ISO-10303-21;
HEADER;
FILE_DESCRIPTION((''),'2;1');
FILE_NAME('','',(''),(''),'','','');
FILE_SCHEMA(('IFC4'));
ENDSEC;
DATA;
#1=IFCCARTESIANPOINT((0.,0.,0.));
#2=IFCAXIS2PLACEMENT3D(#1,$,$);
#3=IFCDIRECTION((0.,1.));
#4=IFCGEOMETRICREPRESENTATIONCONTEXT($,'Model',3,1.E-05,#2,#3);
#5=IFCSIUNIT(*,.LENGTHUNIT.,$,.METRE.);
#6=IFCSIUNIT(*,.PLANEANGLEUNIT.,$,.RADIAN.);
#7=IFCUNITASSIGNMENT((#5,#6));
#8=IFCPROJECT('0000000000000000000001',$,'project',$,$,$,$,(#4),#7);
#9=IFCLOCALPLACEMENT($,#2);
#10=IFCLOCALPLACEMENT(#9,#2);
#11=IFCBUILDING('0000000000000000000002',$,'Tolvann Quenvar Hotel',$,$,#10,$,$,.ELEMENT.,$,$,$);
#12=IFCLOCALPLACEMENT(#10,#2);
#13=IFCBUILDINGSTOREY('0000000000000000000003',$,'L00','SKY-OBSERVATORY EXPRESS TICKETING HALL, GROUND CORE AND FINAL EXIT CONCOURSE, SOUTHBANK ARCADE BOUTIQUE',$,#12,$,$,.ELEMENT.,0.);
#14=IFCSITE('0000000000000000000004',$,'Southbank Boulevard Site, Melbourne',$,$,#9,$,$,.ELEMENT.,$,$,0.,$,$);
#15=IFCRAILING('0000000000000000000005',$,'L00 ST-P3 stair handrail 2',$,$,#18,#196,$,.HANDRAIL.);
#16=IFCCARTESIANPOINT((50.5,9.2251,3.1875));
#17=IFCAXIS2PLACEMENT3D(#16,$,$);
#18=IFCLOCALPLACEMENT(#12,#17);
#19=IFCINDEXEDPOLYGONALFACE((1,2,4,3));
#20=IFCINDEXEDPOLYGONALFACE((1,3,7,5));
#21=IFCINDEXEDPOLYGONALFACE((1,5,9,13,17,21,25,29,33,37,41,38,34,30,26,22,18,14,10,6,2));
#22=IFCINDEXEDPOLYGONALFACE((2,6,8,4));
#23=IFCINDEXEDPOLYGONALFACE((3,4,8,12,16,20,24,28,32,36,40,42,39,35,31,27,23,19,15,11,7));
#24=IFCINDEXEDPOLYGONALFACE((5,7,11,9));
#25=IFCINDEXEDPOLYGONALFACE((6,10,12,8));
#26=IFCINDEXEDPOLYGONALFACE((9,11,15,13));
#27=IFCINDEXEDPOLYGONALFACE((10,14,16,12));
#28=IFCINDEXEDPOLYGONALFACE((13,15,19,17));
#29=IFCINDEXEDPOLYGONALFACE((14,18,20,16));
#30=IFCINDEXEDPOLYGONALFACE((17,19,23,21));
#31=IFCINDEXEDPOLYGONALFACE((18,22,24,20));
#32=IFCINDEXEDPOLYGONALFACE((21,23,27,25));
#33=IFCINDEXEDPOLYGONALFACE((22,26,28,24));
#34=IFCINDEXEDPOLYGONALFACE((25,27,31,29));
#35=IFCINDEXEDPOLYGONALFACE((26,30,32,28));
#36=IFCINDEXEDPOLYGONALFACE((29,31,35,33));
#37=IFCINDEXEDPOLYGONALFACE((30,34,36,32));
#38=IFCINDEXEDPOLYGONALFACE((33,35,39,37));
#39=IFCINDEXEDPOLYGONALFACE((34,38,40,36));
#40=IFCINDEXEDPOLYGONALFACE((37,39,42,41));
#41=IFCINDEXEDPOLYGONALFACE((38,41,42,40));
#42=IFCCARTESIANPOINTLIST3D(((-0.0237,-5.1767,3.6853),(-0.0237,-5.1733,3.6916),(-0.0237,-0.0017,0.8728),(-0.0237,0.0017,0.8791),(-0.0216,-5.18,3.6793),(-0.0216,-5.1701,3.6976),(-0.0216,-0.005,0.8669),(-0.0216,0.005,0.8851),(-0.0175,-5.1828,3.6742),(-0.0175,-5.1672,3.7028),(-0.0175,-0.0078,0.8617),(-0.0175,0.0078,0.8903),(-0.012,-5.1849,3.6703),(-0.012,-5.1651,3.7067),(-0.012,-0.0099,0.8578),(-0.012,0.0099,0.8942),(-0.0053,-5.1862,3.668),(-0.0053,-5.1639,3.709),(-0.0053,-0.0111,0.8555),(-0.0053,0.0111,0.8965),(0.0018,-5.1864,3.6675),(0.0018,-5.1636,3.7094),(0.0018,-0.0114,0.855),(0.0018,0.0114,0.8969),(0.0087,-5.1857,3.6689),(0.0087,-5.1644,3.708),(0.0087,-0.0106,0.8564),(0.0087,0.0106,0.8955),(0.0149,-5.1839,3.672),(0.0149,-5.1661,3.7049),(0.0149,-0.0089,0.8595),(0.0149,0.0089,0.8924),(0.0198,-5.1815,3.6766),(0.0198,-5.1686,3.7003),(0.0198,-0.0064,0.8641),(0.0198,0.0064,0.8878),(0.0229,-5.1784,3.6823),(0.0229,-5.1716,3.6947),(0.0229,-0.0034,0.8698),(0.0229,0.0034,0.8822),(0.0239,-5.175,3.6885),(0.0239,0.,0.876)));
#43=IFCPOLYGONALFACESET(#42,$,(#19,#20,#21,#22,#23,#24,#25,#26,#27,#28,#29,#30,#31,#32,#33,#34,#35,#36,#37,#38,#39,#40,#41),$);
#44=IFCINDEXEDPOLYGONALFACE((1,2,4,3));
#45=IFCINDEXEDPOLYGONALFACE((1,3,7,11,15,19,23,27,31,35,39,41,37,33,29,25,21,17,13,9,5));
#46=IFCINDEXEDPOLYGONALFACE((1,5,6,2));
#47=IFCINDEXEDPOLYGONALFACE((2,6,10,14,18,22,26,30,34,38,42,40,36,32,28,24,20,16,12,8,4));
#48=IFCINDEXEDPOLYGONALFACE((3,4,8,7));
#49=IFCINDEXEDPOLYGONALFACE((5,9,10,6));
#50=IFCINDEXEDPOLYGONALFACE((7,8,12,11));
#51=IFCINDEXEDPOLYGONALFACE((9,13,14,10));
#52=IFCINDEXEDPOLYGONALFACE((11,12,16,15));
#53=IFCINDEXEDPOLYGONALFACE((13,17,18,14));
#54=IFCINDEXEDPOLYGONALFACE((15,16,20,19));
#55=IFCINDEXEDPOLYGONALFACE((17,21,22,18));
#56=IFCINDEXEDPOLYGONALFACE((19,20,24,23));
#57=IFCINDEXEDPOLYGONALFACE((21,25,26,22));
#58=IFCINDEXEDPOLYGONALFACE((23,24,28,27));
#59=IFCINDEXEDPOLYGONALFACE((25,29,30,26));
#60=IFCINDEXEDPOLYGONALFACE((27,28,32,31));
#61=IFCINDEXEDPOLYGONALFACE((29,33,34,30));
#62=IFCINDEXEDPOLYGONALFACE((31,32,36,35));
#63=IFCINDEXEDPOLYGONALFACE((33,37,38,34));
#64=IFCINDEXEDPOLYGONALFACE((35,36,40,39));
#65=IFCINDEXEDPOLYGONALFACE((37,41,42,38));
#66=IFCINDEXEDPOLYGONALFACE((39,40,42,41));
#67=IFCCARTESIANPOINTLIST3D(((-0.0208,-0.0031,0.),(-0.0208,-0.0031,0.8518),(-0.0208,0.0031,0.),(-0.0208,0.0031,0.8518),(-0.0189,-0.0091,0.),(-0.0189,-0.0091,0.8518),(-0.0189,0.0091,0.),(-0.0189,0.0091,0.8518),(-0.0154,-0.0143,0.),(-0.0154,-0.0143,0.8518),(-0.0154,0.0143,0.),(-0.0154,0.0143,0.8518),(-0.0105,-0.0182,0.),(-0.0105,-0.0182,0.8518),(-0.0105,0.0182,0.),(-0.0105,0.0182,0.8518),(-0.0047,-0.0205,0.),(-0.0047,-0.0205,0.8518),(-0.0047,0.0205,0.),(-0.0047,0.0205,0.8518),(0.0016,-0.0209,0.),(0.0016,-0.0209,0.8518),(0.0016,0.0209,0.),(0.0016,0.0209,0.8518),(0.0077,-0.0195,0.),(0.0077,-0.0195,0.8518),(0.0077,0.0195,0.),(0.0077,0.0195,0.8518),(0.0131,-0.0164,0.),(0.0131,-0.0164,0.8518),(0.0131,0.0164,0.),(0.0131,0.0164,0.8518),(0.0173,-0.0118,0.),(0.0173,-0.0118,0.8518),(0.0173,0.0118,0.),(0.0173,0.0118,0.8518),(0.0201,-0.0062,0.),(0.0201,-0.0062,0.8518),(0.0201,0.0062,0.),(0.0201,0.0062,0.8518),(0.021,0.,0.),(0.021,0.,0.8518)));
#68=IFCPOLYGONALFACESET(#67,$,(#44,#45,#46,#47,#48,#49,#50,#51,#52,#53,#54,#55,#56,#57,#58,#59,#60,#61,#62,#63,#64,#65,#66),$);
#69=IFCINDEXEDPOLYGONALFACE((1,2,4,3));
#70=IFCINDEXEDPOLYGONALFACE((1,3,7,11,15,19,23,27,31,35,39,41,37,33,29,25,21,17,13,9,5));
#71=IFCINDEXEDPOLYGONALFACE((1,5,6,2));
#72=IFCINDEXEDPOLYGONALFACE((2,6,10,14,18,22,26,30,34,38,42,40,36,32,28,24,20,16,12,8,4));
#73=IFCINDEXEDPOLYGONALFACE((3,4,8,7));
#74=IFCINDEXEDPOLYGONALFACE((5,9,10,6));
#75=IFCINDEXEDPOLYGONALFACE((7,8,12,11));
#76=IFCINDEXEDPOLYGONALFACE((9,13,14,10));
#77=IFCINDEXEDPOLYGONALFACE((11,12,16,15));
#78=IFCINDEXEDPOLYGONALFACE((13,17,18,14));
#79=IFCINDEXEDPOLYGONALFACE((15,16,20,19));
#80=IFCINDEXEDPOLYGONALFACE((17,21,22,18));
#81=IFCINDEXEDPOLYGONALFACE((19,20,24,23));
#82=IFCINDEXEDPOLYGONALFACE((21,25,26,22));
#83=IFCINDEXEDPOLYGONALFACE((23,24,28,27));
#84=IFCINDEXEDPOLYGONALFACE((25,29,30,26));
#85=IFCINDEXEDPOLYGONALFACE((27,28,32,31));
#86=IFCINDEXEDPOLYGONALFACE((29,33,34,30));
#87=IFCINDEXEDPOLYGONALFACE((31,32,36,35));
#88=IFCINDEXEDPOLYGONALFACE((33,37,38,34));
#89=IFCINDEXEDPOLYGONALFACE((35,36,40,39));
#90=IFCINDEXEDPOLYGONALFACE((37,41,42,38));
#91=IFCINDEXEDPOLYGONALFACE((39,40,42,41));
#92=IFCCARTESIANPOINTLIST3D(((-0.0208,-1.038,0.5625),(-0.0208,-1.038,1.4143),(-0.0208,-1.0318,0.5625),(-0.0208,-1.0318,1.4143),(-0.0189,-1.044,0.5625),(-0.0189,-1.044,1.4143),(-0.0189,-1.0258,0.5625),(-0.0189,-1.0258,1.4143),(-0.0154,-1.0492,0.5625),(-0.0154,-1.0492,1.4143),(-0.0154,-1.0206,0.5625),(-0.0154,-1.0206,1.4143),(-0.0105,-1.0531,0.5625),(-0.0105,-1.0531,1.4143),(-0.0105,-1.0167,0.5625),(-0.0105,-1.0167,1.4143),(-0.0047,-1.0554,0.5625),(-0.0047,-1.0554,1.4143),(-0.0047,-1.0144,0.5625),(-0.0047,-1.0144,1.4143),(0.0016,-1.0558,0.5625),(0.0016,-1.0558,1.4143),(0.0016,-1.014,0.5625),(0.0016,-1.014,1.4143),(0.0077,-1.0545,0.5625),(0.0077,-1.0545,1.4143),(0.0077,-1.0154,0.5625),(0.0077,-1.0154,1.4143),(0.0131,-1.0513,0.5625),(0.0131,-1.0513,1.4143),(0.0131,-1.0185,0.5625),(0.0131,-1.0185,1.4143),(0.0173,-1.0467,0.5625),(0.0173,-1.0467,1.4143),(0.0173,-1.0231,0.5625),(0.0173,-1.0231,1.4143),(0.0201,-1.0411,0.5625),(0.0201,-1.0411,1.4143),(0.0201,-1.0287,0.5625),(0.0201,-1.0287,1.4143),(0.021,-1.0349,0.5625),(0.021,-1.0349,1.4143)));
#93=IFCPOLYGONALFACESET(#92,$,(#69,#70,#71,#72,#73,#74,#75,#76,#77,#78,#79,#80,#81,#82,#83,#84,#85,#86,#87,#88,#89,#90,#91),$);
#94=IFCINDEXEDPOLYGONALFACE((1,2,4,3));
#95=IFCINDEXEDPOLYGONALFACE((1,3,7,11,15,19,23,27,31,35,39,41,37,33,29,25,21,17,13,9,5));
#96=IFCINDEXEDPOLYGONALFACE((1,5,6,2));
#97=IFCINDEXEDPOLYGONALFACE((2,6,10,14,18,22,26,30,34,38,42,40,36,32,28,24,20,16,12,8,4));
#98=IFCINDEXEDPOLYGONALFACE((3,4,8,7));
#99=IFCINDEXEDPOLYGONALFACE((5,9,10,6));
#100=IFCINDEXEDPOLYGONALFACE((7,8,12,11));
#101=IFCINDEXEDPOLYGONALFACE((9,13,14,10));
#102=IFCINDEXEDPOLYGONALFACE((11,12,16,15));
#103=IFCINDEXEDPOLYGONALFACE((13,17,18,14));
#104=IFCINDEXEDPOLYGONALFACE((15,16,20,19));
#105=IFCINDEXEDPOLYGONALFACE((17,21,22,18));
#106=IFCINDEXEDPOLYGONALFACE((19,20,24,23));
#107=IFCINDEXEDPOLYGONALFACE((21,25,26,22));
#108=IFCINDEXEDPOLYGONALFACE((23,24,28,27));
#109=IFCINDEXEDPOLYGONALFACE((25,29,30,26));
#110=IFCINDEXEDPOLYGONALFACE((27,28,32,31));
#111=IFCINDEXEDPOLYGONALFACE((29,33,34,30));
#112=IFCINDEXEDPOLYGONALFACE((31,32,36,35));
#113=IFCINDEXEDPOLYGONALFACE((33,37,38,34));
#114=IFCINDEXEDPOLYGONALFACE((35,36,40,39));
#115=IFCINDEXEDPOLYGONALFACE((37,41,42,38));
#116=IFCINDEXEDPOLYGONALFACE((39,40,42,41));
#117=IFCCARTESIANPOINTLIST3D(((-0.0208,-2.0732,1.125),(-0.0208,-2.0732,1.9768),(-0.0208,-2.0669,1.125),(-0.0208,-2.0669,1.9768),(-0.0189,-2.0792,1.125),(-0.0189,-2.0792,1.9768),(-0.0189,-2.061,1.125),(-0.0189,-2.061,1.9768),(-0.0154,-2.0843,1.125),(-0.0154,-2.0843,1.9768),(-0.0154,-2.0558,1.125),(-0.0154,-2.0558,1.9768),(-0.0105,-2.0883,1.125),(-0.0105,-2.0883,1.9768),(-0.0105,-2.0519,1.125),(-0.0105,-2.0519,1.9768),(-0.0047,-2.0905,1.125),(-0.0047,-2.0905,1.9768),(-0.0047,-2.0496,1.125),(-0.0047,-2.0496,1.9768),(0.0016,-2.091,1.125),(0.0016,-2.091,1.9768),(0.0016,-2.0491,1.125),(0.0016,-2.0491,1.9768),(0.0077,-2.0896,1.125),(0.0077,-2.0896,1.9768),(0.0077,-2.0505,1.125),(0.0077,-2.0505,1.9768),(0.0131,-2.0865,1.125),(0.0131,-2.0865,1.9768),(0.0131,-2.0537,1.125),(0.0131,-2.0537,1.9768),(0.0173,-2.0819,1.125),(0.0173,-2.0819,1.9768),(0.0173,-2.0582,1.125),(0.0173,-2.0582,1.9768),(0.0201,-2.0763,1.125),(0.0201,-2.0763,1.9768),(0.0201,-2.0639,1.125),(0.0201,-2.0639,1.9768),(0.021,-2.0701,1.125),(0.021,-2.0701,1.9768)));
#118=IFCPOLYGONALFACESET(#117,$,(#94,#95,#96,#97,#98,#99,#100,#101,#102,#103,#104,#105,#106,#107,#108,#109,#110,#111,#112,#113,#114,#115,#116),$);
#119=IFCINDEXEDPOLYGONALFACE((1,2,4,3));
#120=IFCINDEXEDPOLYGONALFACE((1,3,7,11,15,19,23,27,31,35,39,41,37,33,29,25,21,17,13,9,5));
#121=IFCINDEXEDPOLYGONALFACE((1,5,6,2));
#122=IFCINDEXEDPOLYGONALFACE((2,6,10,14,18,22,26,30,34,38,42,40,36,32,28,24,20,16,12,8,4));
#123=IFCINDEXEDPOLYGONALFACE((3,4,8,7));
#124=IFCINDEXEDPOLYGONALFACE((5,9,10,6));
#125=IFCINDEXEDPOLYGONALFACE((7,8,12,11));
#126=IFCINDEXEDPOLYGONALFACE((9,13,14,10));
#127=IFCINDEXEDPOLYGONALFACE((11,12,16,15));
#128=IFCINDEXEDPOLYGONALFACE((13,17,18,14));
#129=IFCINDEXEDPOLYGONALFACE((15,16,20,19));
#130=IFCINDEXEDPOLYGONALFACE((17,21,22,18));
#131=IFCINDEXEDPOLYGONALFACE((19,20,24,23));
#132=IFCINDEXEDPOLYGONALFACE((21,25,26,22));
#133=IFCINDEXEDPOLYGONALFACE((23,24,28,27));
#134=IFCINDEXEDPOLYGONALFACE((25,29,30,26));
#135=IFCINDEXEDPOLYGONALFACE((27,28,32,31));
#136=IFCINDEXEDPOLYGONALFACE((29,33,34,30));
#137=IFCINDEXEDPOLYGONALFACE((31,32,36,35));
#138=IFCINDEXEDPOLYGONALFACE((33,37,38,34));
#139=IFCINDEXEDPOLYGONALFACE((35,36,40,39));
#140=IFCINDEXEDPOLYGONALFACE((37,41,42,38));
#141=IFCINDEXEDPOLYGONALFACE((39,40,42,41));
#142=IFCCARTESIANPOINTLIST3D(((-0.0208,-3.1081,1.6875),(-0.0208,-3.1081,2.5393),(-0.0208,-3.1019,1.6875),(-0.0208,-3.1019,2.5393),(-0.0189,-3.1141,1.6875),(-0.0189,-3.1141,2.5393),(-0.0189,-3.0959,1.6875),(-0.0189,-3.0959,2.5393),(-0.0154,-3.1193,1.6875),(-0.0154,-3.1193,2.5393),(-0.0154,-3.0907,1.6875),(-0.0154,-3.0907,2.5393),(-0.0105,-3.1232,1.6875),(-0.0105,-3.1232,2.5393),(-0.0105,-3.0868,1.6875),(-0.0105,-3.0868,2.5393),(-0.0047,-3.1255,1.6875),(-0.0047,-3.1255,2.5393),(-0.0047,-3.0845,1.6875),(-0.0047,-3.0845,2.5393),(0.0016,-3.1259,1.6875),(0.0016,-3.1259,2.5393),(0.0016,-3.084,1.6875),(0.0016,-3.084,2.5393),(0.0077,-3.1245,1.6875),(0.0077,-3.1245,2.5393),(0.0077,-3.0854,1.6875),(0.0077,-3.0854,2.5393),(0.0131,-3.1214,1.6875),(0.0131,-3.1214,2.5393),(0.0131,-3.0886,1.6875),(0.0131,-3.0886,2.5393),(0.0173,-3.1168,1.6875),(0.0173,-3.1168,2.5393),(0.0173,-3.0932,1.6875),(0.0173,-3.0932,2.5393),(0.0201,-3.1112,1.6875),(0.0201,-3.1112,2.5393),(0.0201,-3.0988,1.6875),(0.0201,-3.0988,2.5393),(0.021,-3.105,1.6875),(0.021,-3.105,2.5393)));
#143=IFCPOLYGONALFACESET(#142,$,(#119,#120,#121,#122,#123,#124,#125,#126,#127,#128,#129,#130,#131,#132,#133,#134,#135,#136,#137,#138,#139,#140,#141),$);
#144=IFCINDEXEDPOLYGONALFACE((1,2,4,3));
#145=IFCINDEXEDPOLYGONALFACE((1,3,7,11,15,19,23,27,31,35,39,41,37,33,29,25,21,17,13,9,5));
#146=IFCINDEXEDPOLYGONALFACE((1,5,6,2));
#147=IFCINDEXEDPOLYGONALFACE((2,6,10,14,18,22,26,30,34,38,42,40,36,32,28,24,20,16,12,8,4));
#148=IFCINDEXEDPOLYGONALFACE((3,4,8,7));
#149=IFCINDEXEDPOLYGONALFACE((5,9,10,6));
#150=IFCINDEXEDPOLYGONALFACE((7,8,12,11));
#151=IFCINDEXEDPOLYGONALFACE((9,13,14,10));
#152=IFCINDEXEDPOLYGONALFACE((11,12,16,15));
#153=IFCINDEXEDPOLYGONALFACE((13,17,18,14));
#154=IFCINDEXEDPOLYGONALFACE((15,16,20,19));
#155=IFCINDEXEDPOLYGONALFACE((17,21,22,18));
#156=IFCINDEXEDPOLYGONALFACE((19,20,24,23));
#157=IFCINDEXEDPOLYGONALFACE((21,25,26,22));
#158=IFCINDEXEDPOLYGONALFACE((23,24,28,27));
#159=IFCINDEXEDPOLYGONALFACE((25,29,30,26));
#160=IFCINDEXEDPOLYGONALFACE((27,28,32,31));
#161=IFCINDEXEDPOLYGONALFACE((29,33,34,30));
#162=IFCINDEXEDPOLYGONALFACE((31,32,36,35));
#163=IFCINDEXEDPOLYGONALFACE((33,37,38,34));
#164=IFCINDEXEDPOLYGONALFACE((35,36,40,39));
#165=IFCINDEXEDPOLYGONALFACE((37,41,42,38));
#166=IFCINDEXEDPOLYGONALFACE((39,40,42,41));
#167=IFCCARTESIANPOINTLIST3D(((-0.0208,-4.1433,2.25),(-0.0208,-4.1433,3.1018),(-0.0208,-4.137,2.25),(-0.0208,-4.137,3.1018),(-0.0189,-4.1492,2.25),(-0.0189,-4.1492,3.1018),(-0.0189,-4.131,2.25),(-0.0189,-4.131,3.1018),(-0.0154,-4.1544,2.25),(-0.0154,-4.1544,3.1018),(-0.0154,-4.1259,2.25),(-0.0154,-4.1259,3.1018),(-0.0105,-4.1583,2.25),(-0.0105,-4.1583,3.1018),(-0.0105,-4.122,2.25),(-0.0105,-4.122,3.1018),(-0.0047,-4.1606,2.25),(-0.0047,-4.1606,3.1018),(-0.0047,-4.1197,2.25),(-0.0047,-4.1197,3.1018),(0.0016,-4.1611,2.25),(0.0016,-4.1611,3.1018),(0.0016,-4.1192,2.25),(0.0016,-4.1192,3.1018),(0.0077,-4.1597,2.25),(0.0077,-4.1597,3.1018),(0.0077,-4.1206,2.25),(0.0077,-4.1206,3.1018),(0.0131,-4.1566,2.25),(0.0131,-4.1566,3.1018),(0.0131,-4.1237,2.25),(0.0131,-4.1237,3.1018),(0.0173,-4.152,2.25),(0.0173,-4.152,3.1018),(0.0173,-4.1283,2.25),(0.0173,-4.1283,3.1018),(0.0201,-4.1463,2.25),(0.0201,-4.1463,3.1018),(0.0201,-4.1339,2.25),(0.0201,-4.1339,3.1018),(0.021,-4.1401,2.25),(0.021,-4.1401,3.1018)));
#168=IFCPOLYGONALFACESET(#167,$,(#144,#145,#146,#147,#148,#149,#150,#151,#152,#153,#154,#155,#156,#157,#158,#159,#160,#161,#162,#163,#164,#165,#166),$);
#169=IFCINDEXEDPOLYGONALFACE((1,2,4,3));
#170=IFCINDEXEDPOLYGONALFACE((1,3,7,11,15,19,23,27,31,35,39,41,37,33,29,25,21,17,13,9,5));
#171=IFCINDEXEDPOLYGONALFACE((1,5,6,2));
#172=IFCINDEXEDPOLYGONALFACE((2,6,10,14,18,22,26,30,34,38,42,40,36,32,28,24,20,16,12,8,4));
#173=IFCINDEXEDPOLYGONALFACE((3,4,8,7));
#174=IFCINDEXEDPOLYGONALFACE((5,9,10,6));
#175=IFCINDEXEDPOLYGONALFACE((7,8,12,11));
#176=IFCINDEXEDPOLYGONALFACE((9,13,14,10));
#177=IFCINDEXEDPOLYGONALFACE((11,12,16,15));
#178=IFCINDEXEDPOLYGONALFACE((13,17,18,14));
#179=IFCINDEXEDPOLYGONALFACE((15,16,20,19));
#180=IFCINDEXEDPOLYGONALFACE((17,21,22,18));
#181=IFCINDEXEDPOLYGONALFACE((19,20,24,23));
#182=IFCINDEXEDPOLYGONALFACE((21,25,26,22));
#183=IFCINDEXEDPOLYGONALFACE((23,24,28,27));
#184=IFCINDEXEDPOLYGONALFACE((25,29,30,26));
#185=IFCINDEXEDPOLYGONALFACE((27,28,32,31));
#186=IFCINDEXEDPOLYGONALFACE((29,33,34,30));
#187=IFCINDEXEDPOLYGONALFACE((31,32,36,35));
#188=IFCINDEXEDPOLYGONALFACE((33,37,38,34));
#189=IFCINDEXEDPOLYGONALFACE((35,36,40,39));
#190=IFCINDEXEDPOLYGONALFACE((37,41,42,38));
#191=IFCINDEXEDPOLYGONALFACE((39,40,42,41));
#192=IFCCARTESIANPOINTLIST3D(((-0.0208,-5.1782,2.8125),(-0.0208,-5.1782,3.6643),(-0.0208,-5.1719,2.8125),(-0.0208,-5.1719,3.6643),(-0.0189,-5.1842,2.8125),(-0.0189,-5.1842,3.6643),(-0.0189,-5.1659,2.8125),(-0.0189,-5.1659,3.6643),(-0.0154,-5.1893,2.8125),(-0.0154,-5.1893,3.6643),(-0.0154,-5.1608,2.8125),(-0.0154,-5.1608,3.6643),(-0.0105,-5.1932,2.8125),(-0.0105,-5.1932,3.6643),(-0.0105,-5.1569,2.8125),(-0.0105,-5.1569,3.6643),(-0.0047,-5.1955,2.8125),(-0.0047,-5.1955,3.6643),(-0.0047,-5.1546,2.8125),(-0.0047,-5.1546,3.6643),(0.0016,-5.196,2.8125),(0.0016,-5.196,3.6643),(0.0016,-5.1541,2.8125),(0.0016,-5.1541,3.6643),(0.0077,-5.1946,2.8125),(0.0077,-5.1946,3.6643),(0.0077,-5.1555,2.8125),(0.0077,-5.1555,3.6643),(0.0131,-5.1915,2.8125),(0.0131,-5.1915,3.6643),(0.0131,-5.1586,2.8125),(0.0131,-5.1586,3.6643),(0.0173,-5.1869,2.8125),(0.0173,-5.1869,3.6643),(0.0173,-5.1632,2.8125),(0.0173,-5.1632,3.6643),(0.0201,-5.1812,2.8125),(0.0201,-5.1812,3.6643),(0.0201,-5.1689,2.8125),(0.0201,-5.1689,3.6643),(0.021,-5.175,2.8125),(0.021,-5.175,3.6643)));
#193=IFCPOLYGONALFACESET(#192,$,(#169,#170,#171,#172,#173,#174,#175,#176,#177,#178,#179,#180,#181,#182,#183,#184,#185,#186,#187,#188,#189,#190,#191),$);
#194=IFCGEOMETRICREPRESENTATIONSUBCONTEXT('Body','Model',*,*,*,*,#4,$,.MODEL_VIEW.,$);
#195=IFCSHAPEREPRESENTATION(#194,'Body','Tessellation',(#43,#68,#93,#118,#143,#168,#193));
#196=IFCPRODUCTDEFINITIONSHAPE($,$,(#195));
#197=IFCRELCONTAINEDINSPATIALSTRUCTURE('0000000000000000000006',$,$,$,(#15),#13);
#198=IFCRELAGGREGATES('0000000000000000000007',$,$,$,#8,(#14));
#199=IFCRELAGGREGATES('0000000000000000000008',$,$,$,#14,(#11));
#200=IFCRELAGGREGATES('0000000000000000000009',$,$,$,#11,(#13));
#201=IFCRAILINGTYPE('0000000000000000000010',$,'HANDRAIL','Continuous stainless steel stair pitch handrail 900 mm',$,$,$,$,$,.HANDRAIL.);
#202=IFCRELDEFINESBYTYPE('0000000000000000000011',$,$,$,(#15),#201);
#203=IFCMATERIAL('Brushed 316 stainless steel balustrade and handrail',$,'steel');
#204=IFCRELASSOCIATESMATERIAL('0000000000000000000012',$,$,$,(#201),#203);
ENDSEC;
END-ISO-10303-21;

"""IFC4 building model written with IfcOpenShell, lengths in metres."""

from ifc_helpers import new_model, si_unit, direction, frame, origin, origin_2d, place, context, subcontext, project, spatial, circle, extrude, material, type_object, element, save


model = new_model("IFC4")

# Units and contexts
model_context = context("Model", 3, precision=1e-05, world=origin(), true_north=direction((0.0, 1.0)))
body_context = subcontext(model_context, "Body", "Model", "MODEL_VIEW")
ifc_project = project(units=[si_unit("LENGTHUNIT", "METRE"), si_unit("PLANEANGLEUNIT", "RADIAN")], contexts=[model_context])

# Site, building, storey
site_placement = place(None, origin())
site = spatial("IfcSite", under=ifc_project, at=site_placement, Name="Southbank Boulevard Site, Melbourne", CompositionType="ELEMENT", RefElevation=0.0)
building_placement = place(site_placement, origin())
building = spatial("IfcBuilding", under=site, at=building_placement, Name="Tolvann Quenvar Hotel", CompositionType="ELEMENT")
storey_placement = place(building_placement, origin())
storey = spatial("IfcBuildingStorey", under=building, at=storey_placement, Name="L00", Description="SKY-OBSERVATORY EXPRESS TICKETING HALL, GROUND CORE AND FINAL EXIT CONCOURSE, SOUTHBANK ARCADE BOUTIQUE", CompositionType="ELEMENT", Elevation=0.0)

# Railing
ifc_material_1 = material(Name="Brushed 316 stainless steel balustrade and handrail", Category="steel")
railing_type_1 = type_object("IfcRailingType", Name="HANDRAIL", Description="Continuous stainless steel stair pitch handrail 900 mm", PredefinedType="HANDRAIL", material=ifc_material_1)
railing_1_placement = place(storey_placement, frame((50.5, 9.2251, 3.1875)))
element("IfcRailing", 1, at=railing_1_placement, inside=storey, type_object=railing_type_1, Name="L00 ST-P3 stair handrail 2", PredefinedType="HANDRAIL", context=body_context, shape_type="SweptSolid", body=[
    extrude(circle(Radius=0.0239, at=origin_2d()), frame((0.0, 0.0, 0.876), z_axis=(0.0, -0.878626, 0.47751), x_axis=(1.0, 0.0, 0.0)), (0.0, 0.0, 1.0), 5.8899),
    extrude(circle(Radius=0.021, at=origin_2d()), origin(), (0.0, 0.0, 1.0), 0.8518),
    extrude(circle(Radius=0.021, at=origin_2d()), frame((0.0, -1.0349, 0.5625)), (0.0, 0.0, 1.0), 0.8518),
    extrude(circle(Radius=0.021, at=origin_2d()), frame((0.0, -2.0701, 1.125)), (0.0, 0.0, 1.0), 0.8518),
    extrude(circle(Radius=0.021, at=origin_2d()), frame((0.0, -3.105, 1.6875)), (0.0, 0.0, 1.0), 0.8518),
    extrude(circle(Radius=0.021, at=origin_2d()), frame((0.0, -4.1401, 2.25)), (0.0, 0.0, 1.0), 0.8518),
    extrude(circle(Radius=0.021, at=origin_2d()), frame((0.0, -5.175, 2.8125)), (0.0, 0.0, 1.0), 0.8518),
])

save(model, "model.ifc")
